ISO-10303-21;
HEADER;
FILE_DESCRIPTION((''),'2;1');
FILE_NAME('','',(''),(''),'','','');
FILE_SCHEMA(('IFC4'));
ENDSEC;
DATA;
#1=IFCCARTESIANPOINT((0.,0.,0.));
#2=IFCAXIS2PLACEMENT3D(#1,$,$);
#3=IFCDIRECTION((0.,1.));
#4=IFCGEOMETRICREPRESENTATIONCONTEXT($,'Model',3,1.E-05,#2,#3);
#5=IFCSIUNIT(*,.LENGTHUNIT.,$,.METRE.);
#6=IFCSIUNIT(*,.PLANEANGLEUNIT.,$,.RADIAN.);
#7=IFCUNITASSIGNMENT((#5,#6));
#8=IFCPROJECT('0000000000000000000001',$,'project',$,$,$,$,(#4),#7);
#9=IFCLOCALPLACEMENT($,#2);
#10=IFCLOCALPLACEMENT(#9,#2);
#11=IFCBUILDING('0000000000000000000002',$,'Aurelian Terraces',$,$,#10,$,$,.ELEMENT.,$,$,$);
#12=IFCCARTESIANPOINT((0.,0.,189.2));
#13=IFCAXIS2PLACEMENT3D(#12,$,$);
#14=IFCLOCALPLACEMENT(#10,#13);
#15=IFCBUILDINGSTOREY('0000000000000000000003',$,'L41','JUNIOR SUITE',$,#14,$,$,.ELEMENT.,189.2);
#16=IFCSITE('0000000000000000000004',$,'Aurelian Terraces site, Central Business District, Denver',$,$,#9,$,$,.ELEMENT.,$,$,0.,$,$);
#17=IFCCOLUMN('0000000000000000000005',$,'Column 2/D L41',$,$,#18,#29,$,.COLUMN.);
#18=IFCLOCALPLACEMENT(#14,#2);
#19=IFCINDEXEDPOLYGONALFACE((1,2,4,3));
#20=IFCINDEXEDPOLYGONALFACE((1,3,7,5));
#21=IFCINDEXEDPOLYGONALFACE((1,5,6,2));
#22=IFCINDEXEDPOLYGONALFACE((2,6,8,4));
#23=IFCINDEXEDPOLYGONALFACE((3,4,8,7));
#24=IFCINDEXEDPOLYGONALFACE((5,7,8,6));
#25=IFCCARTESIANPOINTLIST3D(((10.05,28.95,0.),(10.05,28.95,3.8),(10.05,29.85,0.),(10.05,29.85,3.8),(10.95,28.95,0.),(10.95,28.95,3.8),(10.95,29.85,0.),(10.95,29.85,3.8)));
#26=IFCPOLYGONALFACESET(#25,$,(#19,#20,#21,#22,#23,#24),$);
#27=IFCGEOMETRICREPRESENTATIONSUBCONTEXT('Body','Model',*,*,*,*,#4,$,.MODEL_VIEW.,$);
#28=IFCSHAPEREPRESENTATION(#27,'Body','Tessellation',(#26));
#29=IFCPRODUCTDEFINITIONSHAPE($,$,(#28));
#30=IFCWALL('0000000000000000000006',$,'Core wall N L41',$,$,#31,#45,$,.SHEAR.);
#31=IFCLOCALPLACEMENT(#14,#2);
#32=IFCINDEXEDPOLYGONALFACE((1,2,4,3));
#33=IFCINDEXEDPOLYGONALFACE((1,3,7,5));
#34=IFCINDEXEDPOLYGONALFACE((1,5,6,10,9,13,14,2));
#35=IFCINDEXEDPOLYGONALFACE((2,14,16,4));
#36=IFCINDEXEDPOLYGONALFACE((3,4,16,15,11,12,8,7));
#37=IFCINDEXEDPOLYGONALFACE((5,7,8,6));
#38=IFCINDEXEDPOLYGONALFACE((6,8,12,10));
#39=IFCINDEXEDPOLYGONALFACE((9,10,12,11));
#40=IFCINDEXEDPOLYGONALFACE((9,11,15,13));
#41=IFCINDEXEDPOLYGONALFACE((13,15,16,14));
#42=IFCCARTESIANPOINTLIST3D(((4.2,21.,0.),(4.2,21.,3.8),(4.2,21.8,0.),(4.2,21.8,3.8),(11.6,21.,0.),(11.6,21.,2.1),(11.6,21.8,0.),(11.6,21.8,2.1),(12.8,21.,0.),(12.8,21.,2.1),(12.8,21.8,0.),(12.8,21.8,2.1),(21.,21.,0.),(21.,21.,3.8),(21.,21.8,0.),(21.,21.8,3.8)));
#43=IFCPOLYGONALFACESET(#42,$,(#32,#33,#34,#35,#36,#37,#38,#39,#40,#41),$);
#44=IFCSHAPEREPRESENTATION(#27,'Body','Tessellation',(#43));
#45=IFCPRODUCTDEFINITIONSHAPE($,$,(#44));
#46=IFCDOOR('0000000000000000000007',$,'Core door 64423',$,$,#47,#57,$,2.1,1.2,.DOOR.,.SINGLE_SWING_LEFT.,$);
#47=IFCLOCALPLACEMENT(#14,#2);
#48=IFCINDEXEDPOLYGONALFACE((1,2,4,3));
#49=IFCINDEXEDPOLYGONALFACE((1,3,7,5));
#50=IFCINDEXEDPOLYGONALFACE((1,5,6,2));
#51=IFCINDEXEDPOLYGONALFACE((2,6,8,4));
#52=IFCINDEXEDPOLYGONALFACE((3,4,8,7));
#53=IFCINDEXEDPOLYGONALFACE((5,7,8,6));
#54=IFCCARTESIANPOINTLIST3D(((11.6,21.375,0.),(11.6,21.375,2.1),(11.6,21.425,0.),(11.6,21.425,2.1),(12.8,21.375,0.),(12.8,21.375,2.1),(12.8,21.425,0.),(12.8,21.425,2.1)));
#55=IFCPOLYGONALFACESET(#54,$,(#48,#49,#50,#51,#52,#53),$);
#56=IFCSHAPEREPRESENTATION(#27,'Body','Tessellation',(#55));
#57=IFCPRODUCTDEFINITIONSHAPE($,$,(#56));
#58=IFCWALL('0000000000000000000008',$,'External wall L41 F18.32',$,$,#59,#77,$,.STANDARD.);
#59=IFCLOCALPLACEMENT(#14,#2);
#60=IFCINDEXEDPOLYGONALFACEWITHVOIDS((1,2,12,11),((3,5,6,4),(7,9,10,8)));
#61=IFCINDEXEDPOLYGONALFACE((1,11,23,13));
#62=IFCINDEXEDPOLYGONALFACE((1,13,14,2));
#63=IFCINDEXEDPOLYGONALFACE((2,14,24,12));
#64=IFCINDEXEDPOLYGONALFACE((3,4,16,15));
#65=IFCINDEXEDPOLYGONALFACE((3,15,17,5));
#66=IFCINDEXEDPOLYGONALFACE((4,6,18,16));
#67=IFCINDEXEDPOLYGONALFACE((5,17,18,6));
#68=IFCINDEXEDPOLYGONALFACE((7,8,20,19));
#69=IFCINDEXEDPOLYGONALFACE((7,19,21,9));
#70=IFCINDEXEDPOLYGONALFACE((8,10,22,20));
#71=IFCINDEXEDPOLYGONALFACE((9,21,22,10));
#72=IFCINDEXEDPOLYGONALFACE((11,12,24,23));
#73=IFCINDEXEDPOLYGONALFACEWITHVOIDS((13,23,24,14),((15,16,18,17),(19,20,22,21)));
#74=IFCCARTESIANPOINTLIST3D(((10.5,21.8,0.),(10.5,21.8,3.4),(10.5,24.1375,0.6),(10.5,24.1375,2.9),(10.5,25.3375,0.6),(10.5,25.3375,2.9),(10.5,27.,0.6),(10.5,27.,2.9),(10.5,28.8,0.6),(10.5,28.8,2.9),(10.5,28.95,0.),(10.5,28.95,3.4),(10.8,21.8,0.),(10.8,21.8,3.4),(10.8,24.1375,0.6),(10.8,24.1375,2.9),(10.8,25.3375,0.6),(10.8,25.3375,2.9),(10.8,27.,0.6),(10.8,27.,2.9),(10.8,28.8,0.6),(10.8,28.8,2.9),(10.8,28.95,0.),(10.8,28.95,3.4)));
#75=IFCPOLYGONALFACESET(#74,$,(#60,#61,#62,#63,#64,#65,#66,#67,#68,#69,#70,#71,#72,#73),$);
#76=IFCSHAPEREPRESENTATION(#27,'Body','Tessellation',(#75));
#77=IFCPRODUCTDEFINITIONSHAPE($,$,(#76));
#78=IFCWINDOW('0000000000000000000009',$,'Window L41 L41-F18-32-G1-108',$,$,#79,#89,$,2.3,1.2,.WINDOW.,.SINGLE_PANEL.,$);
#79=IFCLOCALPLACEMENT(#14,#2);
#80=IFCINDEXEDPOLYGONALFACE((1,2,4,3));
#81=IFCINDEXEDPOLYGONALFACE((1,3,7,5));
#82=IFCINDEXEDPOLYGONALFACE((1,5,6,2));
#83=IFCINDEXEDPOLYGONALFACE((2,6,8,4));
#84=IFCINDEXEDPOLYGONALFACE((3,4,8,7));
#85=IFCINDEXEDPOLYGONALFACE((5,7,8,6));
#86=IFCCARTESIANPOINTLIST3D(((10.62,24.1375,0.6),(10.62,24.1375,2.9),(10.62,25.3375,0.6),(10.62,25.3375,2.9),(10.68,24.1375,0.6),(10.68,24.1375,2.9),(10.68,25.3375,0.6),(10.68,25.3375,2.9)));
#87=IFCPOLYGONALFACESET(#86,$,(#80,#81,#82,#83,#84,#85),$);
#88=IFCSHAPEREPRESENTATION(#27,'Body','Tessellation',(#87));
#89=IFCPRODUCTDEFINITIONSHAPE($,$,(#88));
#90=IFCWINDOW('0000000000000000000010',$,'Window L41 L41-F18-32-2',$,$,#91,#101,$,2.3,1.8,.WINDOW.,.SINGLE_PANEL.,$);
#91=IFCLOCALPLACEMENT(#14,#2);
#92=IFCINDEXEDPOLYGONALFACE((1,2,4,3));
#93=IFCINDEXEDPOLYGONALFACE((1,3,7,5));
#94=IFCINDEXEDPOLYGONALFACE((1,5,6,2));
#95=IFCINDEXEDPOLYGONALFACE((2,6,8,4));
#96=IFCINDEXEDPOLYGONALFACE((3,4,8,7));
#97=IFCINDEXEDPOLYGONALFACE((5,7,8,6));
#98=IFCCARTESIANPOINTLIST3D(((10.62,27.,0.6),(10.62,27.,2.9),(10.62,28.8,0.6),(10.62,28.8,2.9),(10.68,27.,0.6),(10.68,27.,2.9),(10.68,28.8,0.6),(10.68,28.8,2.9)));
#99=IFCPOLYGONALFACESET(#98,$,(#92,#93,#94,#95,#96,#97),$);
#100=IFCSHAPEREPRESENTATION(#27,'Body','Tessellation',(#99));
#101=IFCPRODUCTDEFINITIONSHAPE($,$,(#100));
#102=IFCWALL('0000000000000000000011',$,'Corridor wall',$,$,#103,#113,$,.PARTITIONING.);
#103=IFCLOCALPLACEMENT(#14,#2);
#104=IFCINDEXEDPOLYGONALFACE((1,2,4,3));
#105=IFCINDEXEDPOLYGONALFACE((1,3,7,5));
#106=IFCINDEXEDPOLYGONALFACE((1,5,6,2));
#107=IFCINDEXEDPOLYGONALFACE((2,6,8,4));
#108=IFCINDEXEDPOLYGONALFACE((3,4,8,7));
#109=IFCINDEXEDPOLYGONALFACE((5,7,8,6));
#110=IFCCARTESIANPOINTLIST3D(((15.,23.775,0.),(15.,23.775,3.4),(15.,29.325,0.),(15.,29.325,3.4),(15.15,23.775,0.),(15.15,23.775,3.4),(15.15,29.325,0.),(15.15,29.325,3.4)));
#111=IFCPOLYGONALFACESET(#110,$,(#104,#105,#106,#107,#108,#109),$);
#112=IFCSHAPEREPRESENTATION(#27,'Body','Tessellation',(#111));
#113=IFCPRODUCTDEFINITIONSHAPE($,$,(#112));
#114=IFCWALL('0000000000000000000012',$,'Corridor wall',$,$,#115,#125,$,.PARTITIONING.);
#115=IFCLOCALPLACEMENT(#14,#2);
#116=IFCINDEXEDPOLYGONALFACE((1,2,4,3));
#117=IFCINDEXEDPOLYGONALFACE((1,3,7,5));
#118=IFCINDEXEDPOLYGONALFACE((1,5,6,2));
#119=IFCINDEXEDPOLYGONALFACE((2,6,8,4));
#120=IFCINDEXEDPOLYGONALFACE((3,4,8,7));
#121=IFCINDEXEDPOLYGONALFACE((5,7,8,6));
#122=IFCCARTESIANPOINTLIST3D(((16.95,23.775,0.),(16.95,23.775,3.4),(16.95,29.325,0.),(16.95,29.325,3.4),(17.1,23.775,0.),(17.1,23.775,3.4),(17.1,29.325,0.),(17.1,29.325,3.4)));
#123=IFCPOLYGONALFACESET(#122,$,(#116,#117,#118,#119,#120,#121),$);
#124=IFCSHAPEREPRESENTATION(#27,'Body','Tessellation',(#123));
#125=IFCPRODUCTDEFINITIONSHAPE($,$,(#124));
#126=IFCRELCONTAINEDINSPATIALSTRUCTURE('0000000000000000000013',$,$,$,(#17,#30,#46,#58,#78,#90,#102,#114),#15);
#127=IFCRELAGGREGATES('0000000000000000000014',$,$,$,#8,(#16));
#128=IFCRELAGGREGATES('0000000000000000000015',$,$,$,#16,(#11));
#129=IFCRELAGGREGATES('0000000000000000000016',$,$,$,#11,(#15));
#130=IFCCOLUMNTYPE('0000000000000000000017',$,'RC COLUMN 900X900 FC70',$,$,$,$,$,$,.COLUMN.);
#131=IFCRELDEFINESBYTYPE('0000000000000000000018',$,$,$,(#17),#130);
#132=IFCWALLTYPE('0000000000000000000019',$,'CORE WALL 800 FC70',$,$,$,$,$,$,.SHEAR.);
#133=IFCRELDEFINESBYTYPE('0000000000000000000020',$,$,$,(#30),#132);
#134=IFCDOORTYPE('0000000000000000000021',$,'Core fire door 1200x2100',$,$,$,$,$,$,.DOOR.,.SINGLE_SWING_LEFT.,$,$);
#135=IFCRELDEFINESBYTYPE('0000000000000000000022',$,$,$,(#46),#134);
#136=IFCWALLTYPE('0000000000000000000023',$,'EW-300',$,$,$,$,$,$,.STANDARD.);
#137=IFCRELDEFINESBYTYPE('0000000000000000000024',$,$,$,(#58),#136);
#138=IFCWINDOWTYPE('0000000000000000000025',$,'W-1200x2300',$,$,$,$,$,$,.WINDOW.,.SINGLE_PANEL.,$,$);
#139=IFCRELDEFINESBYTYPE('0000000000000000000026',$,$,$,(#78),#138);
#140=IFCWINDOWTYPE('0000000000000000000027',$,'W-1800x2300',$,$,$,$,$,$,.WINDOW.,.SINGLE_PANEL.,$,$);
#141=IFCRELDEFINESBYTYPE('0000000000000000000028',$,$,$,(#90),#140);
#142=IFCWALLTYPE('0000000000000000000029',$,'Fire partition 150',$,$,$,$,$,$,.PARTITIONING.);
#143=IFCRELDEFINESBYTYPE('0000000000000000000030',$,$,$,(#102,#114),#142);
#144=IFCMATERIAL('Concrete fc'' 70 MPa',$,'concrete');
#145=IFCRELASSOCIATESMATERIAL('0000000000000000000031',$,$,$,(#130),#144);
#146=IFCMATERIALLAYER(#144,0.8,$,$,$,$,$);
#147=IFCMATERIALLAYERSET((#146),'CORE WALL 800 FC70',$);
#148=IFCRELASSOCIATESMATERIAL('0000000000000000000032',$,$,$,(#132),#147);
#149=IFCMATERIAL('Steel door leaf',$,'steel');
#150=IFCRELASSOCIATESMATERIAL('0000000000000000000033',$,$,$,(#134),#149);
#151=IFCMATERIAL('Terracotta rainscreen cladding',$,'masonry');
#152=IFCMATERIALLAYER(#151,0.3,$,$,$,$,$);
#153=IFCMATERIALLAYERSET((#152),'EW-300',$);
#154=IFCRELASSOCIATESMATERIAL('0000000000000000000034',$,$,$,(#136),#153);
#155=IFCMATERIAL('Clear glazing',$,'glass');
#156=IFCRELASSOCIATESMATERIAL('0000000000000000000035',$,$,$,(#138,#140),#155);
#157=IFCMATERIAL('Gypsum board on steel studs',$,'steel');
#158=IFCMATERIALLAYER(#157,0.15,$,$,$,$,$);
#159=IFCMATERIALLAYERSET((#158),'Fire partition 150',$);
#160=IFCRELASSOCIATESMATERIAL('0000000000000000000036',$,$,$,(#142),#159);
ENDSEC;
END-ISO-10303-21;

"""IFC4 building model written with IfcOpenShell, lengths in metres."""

from ifc_helpers import new_model, si_unit, direction, frame, frame_2d, origin, origin_2d, place, context, subcontext, project, spatial, rectangle, extrude, source, transform, mapped, material, layer, layer_set, material_profile, profile_set, type_object, element, fill, save


model = new_model("IFC4")

# Units and contexts
model_context = context("Model", 3, precision=1e-05, world=origin(), true_north=direction((0.0, 1.0)))
body_context = subcontext(model_context, "Body", "Model", "MODEL_VIEW")
ifc_project = project(units=[si_unit("LENGTHUNIT", "METRE"), si_unit("PLANEANGLEUNIT", "RADIAN")], contexts=[model_context])

# Site, building, storey
site_placement = place(None, origin())
site = spatial("IfcSite", under=ifc_project, at=site_placement, Name="Aurelian Terraces site, Central Business District, Denver", CompositionType="ELEMENT", RefElevation=0.0)
building_placement = place(site_placement, origin())
building = spatial("IfcBuilding", under=site, at=building_placement, Name="Aurelian Terraces", CompositionType="ELEMENT")
storey_placement = place(building_placement, frame((0.0, 0.0, 189.2)))
storey = spatial("IfcBuildingStorey", under=building, at=storey_placement, Name="L41", Description="JUNIOR SUITE", CompositionType="ELEMENT", Elevation=189.2)

# Column
ifc_material_1 = material(Name="Concrete fc' 70 MPa", Category="concrete")
ifc_material_profile = material_profile(ifc_material_1, rectangle(XDim=0.9, YDim=0.9, at=origin_2d()))
ifc_profile_set = profile_set([ifc_material_profile], Name="Concrete fc' 70 MPa")
column_type = type_object("IfcColumnType", Name="RC COLUMN 900X900 FC70", PredefinedType="COLUMN", material=ifc_profile_set)
shared_shape_1 = source(origin(), body_context, "Body", "SweptSolid", [
    extrude(rectangle(XDim=0.9, YDim=0.9, at=origin_2d()), origin(), (0.0, 0.0, 1.0), 3.8),
])
column_placement = place(storey_placement, frame((10.5, 29.4, 0.0), z_axis=(0.0, 0.0, 1.0), x_axis=(1.0, 0.0, 0.0)))
element("IfcColumn", 1, at=column_placement, inside=storey, type_object=column_type, Name="Column 2/D L41", PredefinedType="COLUMN", context=body_context, shape_type="MappedRepresentation", body=[
    mapped(shared_shape_1, transform((0.0, 0.0, 0.0), scale=1.0)),
])

# Wall, opening, door
ifc_layer_1 = layer(ifc_material_1, 0.8)
ifc_layer_set_1 = layer_set([ifc_layer_1], Name="CORE WALL 800 FC70")
wall_type_1 = type_object("IfcWallType", Name="CORE WALL 800 FC70", PredefinedType="SHEAR", material=ifc_layer_set_1)
shared_shape_2 = source(origin(), body_context, "Body", "SweptSolid", [
    extrude(rectangle(XDim=16.8, YDim=0.8, at=frame_2d((8.4, 0.0))), origin(), (0.0, 0.0, 1.0), 3.8),
])
wall_1_placement = place(storey_placement, frame((4.2, 21.4, 0.0), z_axis=(0.0, 0.0, 1.0), x_axis=(1.0, 0.0, 0.0)))
wall_1 = element("IfcWall", 2, at=wall_1_placement, inside=storey, type_object=wall_type_1, Name="Core wall N L41", PredefinedType="SHEAR", context=body_context, shape_type="MappedRepresentation", body=[
    mapped(shared_shape_2, transform((0.0, 0.0, 0.0), scale=1.0)),
])
shared_shape_3 = source(origin(), body_context, "Body", "SweptSolid", [
    extrude(rectangle(XDim=1.2, YDim=2.1, at=frame_2d((0.6, 1.05))), frame((0.0, 0.41, 0.0), z_axis=(0.0, -1.0, 0.0), x_axis=(1.0, 0.0, 0.0)), (0.0, 0.0, 1.0), 0.82),
])
opening_1_placement = place(wall_1_placement, frame((7.4, 0.0, 0.0)))
opening_1 = element("IfcOpeningElement", 3, at=opening_1_placement, cuts=wall_1, PredefinedType="OPENING", context=body_context, shape_type="MappedRepresentation", body=[
    mapped(shared_shape_3, transform((0.0, 0.0, 0.0), scale=1.0)),
])
ifc_material_2 = material(Name="Steel door leaf", Category="steel")
door_type_1 = type_object("IfcDoorType", Name="Core fire door 1200x2100", OperationType="SINGLE_SWING_LEFT", PredefinedType="DOOR", material=ifc_material_2)
shared_shape_4 = source(origin(), body_context, "Body", "SweptSolid", [
    extrude(rectangle(XDim=1.2, YDim=2.1, at=frame_2d((0.6, 1.05))), frame((0.0, 0.025, 0.0), z_axis=(0.0, -1.0, 0.0), x_axis=(1.0, 0.0, 0.0)), (0.0, 0.0, 1.0), 0.05),
])
door_1_placement = place(opening_1_placement, origin())
door_1 = element("IfcDoor", 4, at=door_1_placement, inside=storey, type_object=door_type_1, Name="Core door 64423", OperationType="SINGLE_SWING_LEFT", OverallHeight=2.1, OverallWidth=1.2, PredefinedType="DOOR", context=body_context, shape_type="MappedRepresentation", body=[
    mapped(shared_shape_4, transform((0.0, 0.0, 0.0), scale=1.0)),
])
fill(opening_1, door_1)

# Wall, openings, windows
ifc_material_3 = material(Name="Terracotta rainscreen cladding", Category="masonry")
ifc_layer_2 = layer(ifc_material_3, 0.3)
ifc_layer_set_2 = layer_set([ifc_layer_2], Name="EW-300")
wall_type_2 = type_object("IfcWallType", Name="EW-300", PredefinedType="STANDARD", material=ifc_layer_set_2)
shared_shape_5 = source(origin(), body_context, "Body", "SweptSolid", [
    extrude(rectangle(XDim=7.15, YDim=0.3, at=frame_2d((3.575, 0.0))), origin(), (0.0, 0.0, 1.0), 3.4),
])
wall_2_placement = place(storey_placement, frame((10.65, 28.95, 0.0), z_axis=(0.0, 0.0, 1.0), x_axis=(0.0, -1.0, 0.0)))
wall_2 = element("IfcWall", 5, at=wall_2_placement, inside=storey, type_object=wall_type_2, Name="External wall L41 F18.32", PredefinedType="STANDARD", context=body_context, shape_type="MappedRepresentation", body=[
    mapped(shared_shape_5, transform((0.0, 0.0, 0.0), scale=1.0)),
])
shared_shape_6 = source(origin(), body_context, "Body", "SweptSolid", [
    extrude(rectangle(XDim=1.8, YDim=2.3, at=frame_2d((0.9, 1.15))), frame((0.0, 0.16, 0.0), z_axis=(0.0, -1.0, 0.0), x_axis=(1.0, 0.0, 0.0)), (0.0, 0.0, 1.0), 0.32),
])
opening_2_placement = place(wall_2_placement, frame((0.15, 0.0, 0.6)))
opening_2 = element("IfcOpeningElement", 6, at=opening_2_placement, cuts=wall_2, PredefinedType="OPENING", context=body_context, shape_type="MappedRepresentation", body=[
    mapped(shared_shape_6, transform((0.0, 0.0, 0.0), scale=1.0)),
])
shared_shape_7 = source(origin(), body_context, "Body", "SweptSolid", [
    extrude(rectangle(XDim=1.2, YDim=2.3, at=frame_2d((0.6, 1.15))), frame((0.0, 0.16, 0.0), z_axis=(0.0, -1.0, 0.0), x_axis=(1.0, 0.0, 0.0)), (0.0, 0.0, 1.0), 0.32),
])
opening_3_placement = place(wall_2_placement, frame((3.6125, 0.0, 0.6)))
opening_3 = element("IfcOpeningElement", 7, at=opening_3_placement, cuts=wall_2, PredefinedType="OPENING", context=body_context, shape_type="MappedRepresentation", body=[
    mapped(shared_shape_7, transform((0.0, 0.0, 0.0), scale=1.0)),
])
ifc_material_4 = material(Name="Clear glazing", Category="glass")
window_type_1 = type_object("IfcWindowType", Name="W-1200x2300", PartitioningType="SINGLE_PANEL", PredefinedType="WINDOW", material=ifc_material_4)
shared_shape_8 = source(origin(), body_context, "Body", "SweptSolid", [
    extrude(rectangle(XDim=1.2, YDim=2.3, at=frame_2d((0.6, 1.15))), frame((0.0, 0.03, 0.0), z_axis=(0.0, -1.0, 0.0), x_axis=(1.0, 0.0, 0.0)), (0.0, 0.0, 1.0), 0.06),
])
window_1_placement = place(opening_3_placement, origin())
window_1 = element("IfcWindow", 8, at=window_1_placement, inside=storey, type_object=window_type_1, Name="Window L41 L41-F18-32-G1-108", OverallHeight=2.3, OverallWidth=1.2, PartitioningType="SINGLE_PANEL", PredefinedType="WINDOW", context=body_context, shape_type="MappedRepresentation", body=[
    mapped(shared_shape_8, transform((0.0, 0.0, 0.0), scale=1.0)),
])
fill(opening_3, window_1)
window_type_2 = type_object("IfcWindowType", Name="W-1800x2300", PartitioningType="SINGLE_PANEL", PredefinedType="WINDOW", material=ifc_material_4)
shared_shape_9 = source(origin(), body_context, "Body", "SweptSolid", [
    extrude(rectangle(XDim=1.8, YDim=2.3, at=frame_2d((0.9, 1.15))), frame((0.0, 0.03, 0.0), z_axis=(0.0, -1.0, 0.0), x_axis=(1.0, 0.0, 0.0)), (0.0, 0.0, 1.0), 0.06),
])
window_2_placement = place(opening_2_placement, origin())
window_2 = element("IfcWindow", 9, at=window_2_placement, inside=storey, type_object=window_type_2, Name="Window L41 L41-F18-32-2", OverallHeight=2.3, OverallWidth=1.8, PartitioningType="SINGLE_PANEL", PredefinedType="WINDOW", context=body_context, shape_type="MappedRepresentation", body=[
    mapped(shared_shape_9, transform((0.0, 0.0, 0.0), scale=1.0)),
])
fill(opening_2, window_2)

# Walls
ifc_material_5 = material(Name="Gypsum board on steel studs", Category="steel")
ifc_layer_3 = layer(ifc_material_5, 0.15)
ifc_layer_set_3 = layer_set([ifc_layer_3], Name="Fire partition 150")
wall_type_3 = type_object("IfcWallType", Name="Fire partition 150", PredefinedType="PARTITIONING", material=ifc_layer_set_3)
shared_shape_10 = source(origin(), body_context, "Body", "SweptSolid", [
    extrude(rectangle(XDim=5.55, YDim=0.15, at=frame_2d((2.775, 0.0))), origin(), (0.0, 0.0, 1.0), 3.4),
])
for number, where, z_axis, x_axis, name in (
    (10, (15.075, 23.775, 0.0), (0.0, 0.0, 1.0), (0.0, 1.0, 0.0), "Corridor wall"),
    (11, (17.025, 29.325, 0.0), (0.0, 0.0, 1.0), (0.0, -1.0, 0.0), "Corridor wall"),
):
    element("IfcWall", number, at=place(storey_placement, frame(where, z_axis=z_axis, x_axis=x_axis)), inside=storey, type_object=wall_type_3, Name=name, PredefinedType="PARTITIONING", context=body_context, shape_type="MappedRepresentation", body=[
        mapped(shared_shape_10, transform((0.0, 0.0, 0.0), scale=1.0)),
    ])

save(model, "model.ifc")
